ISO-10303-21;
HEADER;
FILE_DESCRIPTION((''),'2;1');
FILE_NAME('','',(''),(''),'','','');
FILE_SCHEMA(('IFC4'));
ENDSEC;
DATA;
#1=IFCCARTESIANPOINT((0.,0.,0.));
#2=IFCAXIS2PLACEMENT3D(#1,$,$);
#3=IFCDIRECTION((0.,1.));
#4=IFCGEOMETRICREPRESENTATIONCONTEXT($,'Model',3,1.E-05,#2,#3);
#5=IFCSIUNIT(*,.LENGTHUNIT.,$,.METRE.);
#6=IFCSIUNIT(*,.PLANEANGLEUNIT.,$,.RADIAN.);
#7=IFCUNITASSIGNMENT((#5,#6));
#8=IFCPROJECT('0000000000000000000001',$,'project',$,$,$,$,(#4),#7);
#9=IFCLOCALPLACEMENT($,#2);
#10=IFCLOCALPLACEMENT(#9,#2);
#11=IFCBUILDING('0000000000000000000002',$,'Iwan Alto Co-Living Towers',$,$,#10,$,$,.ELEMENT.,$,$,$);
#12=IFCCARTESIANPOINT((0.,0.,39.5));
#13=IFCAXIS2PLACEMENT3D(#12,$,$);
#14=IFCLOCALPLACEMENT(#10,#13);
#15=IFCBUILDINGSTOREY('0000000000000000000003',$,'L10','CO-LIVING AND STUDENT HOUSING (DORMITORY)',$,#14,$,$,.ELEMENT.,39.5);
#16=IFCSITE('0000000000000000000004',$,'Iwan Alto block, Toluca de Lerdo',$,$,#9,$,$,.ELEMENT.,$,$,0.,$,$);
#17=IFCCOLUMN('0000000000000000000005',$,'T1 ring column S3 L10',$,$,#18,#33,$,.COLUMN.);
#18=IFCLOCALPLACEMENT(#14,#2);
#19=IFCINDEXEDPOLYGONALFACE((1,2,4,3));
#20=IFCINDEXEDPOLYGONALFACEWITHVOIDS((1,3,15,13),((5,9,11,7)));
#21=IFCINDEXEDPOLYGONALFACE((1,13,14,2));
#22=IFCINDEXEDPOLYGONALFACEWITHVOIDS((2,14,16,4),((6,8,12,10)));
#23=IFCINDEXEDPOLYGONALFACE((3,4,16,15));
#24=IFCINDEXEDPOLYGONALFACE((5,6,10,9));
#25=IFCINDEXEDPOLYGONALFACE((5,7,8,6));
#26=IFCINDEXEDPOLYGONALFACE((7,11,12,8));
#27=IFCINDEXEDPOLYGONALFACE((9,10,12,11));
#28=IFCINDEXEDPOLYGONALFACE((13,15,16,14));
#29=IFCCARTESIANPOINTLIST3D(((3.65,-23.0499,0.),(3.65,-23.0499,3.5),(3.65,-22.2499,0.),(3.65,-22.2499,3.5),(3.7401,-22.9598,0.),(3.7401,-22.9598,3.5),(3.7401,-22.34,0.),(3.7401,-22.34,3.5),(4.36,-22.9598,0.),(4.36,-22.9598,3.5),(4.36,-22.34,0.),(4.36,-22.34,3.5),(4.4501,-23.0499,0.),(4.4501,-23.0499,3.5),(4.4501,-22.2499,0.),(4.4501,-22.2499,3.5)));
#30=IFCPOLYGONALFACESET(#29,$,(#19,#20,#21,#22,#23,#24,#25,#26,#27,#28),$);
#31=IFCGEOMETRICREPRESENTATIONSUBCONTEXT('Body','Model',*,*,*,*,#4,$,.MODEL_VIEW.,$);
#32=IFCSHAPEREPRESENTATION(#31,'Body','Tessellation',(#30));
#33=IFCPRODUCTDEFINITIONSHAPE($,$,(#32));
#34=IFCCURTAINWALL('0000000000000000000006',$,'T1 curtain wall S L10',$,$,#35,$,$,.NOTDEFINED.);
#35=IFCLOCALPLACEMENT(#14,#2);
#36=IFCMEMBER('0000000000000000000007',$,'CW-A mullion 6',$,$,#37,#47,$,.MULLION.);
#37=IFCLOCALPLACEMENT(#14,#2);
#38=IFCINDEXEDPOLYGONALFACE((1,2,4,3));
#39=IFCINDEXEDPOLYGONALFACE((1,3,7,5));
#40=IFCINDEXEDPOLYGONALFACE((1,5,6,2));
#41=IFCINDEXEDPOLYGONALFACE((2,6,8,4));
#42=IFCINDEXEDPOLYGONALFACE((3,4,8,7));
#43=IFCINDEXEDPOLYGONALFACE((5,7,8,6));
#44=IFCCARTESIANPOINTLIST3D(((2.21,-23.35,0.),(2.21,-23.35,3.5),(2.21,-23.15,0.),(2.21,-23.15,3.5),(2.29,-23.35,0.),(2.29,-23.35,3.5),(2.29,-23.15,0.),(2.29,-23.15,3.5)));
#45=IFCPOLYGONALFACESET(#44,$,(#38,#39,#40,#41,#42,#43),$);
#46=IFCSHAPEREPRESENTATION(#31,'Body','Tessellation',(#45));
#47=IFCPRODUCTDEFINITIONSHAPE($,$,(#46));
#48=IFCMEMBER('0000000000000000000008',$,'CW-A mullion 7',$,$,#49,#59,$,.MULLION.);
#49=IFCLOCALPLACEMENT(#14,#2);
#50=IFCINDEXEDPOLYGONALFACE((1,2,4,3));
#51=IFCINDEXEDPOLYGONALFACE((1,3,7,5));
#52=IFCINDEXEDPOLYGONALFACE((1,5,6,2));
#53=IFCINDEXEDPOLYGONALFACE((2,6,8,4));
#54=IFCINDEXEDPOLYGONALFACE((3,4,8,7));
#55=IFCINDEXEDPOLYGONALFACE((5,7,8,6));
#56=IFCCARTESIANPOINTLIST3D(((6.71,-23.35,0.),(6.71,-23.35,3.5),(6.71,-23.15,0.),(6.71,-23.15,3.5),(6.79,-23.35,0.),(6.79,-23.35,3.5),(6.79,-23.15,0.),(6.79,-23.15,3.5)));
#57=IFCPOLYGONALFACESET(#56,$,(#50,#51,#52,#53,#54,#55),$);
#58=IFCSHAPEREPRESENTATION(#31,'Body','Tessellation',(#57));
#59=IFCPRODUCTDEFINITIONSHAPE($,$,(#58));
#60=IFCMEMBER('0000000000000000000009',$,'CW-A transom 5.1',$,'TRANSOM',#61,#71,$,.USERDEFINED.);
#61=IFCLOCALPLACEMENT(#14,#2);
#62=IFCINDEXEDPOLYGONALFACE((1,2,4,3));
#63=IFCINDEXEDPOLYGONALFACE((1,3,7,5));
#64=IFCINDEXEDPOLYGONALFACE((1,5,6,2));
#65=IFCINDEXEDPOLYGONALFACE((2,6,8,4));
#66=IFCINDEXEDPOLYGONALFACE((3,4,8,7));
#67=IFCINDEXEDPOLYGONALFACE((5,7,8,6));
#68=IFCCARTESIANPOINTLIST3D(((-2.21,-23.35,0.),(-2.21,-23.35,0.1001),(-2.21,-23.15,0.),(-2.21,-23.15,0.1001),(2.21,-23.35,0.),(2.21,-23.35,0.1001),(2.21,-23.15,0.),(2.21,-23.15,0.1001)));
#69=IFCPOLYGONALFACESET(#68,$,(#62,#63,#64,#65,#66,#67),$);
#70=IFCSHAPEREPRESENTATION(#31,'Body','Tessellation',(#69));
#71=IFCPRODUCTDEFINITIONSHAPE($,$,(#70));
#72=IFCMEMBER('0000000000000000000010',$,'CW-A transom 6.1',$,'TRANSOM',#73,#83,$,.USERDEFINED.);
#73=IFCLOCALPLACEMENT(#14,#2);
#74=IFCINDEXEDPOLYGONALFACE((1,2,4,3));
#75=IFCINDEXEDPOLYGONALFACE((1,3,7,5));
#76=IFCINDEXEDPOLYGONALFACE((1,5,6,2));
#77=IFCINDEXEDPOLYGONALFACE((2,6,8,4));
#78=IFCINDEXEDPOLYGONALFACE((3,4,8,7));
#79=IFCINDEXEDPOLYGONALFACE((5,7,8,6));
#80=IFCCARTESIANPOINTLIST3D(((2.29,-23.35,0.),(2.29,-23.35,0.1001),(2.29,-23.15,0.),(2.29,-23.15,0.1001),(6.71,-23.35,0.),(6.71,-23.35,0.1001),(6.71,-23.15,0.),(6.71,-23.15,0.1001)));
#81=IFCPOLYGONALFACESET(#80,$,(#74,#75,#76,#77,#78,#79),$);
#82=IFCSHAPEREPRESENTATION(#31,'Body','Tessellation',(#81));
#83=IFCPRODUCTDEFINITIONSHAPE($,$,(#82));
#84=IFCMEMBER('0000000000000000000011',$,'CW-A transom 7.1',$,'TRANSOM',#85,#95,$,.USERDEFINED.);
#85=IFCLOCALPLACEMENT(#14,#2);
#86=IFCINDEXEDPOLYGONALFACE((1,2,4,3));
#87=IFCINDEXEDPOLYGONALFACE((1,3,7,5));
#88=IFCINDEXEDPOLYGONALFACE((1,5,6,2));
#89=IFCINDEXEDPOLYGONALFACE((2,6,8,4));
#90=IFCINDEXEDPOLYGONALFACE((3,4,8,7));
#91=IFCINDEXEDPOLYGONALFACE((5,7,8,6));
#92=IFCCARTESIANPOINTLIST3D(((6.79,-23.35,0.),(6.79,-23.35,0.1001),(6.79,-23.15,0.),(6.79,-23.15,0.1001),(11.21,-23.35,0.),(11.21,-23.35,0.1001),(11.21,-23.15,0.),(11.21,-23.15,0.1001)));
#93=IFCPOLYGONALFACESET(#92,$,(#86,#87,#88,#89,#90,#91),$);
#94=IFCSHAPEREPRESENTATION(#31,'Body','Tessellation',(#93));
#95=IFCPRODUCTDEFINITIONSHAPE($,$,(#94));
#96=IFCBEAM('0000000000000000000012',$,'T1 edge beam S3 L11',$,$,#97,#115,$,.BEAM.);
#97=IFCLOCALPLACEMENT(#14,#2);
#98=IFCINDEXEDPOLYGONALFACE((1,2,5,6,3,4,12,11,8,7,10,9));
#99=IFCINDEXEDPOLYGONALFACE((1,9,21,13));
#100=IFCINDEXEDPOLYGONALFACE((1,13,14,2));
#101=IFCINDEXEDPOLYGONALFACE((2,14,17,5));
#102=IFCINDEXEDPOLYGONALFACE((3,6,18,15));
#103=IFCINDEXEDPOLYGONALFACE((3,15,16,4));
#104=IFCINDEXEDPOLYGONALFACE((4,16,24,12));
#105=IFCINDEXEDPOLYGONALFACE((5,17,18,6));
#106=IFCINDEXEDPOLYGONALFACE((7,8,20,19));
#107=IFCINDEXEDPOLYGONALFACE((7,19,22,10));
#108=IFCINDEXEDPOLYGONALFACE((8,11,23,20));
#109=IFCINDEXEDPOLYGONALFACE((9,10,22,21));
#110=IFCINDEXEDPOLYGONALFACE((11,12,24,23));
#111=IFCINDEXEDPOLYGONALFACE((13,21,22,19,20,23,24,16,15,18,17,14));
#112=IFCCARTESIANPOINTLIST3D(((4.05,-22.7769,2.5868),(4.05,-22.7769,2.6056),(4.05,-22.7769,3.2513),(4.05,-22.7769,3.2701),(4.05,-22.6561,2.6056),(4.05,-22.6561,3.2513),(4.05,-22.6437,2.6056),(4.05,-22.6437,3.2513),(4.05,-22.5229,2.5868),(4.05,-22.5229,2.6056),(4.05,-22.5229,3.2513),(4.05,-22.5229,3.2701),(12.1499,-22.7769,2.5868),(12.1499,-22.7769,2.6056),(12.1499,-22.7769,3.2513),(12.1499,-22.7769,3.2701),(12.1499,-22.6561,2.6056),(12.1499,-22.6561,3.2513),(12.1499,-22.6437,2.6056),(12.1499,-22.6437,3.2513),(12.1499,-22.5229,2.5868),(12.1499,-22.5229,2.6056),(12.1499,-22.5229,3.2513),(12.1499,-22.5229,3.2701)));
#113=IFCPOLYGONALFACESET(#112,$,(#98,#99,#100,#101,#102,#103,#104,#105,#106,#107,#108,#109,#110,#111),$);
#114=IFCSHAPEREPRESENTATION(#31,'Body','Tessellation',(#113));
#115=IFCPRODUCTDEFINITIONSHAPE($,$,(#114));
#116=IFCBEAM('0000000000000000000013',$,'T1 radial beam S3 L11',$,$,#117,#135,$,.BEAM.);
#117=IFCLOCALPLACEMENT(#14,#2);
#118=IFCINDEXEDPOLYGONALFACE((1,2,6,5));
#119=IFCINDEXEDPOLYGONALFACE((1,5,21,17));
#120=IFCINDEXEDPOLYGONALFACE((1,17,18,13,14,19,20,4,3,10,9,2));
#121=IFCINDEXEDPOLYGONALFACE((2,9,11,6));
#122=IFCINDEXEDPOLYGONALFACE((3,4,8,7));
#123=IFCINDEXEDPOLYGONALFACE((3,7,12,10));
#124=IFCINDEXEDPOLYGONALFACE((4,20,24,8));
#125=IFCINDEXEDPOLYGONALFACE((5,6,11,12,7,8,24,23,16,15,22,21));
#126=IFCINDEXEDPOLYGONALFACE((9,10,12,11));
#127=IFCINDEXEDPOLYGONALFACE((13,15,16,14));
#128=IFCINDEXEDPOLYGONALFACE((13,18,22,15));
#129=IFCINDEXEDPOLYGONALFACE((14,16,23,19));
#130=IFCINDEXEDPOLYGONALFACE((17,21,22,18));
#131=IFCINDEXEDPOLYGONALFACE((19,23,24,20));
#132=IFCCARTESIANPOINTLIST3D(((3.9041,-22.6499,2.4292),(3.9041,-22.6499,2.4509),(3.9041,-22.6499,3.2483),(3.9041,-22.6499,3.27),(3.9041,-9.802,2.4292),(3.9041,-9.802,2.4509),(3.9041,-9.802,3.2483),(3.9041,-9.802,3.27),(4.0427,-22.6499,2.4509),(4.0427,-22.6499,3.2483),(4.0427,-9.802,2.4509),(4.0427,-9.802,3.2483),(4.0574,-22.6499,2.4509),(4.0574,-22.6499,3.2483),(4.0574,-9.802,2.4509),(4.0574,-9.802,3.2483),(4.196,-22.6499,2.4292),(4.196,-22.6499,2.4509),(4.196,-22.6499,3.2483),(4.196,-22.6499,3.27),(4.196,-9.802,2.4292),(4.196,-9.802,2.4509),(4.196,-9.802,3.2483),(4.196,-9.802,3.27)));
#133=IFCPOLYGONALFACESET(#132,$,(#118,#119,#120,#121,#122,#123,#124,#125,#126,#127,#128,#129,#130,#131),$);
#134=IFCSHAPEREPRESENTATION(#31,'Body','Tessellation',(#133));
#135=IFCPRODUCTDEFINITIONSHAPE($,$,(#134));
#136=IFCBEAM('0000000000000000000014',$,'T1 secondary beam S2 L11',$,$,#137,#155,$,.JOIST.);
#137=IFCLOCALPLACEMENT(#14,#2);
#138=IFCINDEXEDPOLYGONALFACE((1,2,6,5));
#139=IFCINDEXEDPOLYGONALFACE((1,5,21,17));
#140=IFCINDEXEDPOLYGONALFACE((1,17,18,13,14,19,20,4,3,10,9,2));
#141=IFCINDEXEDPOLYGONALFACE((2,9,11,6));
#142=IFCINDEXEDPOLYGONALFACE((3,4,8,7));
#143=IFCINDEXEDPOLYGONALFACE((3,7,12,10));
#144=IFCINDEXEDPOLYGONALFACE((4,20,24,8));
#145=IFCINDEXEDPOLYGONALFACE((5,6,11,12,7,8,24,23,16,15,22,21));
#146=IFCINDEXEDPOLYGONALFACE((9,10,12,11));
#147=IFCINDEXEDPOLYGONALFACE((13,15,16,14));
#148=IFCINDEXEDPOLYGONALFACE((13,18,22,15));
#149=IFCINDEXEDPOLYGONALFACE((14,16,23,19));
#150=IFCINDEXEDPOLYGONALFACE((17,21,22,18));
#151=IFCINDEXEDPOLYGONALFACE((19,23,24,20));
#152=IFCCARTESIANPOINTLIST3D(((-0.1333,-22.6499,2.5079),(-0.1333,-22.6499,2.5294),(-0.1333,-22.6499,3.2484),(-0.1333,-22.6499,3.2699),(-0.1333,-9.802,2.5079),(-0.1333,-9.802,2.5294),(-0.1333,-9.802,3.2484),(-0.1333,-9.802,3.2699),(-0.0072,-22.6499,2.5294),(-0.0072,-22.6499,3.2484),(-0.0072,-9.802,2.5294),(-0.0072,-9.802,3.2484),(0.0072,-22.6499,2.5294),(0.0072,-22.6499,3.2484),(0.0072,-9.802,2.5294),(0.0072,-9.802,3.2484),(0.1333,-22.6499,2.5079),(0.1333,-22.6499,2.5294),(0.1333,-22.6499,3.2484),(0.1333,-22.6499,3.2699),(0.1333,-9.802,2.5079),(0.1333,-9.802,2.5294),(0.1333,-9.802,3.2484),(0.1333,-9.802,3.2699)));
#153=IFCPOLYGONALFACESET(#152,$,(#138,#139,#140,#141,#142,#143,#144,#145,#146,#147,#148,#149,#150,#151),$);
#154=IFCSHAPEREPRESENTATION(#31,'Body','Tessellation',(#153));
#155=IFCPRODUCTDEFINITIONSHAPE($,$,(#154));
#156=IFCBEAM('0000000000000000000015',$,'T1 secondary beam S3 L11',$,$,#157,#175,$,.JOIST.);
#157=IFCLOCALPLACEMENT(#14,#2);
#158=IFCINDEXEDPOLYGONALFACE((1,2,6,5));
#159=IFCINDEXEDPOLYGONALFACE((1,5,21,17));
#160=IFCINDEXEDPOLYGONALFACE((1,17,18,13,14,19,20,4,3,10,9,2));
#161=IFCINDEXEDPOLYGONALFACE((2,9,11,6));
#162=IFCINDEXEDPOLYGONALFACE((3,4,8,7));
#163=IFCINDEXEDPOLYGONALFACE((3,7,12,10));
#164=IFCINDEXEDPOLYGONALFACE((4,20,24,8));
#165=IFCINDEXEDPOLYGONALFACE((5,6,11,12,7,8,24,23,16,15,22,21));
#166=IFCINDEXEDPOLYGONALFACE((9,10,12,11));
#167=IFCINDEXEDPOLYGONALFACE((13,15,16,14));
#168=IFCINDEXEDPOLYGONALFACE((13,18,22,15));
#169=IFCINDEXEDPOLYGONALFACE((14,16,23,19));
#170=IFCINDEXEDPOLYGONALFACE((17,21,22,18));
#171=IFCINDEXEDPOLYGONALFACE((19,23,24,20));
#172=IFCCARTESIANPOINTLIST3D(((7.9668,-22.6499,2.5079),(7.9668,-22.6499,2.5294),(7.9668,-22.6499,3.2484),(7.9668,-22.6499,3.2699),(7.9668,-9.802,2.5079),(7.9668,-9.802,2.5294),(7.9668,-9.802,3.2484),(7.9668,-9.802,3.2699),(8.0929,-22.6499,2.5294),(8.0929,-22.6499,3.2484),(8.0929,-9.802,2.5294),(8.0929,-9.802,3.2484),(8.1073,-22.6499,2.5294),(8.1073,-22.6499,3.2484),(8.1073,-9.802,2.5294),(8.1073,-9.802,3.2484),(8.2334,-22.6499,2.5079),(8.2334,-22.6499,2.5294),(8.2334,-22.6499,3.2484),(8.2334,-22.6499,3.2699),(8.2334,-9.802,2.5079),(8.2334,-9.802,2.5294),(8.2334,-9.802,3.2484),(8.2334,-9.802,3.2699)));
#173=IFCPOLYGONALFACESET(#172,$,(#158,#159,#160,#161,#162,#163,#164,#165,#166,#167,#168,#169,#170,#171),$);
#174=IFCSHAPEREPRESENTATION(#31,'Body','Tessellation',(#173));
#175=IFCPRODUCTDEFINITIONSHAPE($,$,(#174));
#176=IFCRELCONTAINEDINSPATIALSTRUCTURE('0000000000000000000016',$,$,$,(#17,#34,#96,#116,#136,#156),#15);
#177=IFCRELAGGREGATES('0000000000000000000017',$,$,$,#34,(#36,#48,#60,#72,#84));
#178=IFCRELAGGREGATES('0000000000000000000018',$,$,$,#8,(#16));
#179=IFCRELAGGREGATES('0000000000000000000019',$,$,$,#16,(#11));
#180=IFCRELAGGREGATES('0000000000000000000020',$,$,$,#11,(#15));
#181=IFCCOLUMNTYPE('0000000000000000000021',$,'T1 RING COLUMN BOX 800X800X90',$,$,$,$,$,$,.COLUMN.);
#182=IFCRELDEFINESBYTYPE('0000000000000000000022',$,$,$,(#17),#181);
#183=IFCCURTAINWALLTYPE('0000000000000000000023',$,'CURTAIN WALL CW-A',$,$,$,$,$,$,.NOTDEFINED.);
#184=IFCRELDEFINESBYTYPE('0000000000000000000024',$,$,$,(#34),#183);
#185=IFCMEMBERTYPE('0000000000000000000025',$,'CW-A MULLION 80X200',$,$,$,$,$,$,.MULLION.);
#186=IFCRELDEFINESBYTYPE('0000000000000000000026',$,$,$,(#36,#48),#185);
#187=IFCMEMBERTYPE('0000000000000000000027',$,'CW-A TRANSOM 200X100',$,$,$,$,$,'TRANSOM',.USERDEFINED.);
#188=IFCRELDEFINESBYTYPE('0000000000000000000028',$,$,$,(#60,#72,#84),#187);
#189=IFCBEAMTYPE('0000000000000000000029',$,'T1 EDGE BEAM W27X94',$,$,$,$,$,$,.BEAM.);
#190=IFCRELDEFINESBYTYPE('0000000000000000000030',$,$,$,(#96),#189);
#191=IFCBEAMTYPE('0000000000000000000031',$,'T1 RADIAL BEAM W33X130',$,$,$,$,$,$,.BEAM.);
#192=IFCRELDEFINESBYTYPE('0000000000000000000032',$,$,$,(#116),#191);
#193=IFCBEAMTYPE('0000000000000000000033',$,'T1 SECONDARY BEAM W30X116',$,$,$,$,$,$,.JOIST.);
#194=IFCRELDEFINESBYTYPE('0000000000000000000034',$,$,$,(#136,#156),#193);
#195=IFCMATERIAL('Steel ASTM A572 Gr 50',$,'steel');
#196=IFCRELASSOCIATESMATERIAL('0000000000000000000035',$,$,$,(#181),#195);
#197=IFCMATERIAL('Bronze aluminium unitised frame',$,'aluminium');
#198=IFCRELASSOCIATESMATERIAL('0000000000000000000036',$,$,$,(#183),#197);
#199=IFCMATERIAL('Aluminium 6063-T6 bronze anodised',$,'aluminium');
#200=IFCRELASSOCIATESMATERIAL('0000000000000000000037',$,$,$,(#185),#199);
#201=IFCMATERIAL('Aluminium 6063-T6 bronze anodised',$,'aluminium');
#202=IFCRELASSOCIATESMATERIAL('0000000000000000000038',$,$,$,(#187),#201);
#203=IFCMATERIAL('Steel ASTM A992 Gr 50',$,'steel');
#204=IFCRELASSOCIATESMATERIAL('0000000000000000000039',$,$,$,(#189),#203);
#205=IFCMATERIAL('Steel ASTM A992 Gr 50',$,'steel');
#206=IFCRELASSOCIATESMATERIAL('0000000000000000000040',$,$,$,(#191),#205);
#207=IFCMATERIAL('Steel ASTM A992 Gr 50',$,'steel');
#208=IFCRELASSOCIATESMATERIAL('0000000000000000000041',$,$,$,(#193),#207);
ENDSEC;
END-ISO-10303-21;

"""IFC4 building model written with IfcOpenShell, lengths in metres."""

from ifc_helpers import new_model, si_unit, direction, frame, origin, origin_2d, place, context, subcontext, project, spatial, rectangle, hollow_rectangle, i_section, extrude, material, material_profile, profile_set, type_object, element, aggregate, save


model = new_model("IFC4")

# Units and contexts
model_context = context("Model", 3, precision=1e-05, world=origin(), true_north=direction((0.0, 1.0)))
body_context = subcontext(model_context, "Body", "Model", "MODEL_VIEW")
ifc_project = project(units=[si_unit("LENGTHUNIT", "METRE"), si_unit("PLANEANGLEUNIT", "RADIAN")], contexts=[model_context])

# Site, building, storey
site_placement = place(None, origin())
site = spatial("IfcSite", under=ifc_project, at=site_placement, Name="Iwan Alto block, Toluca de Lerdo", CompositionType="ELEMENT", RefElevation=0.0)
building_placement = place(site_placement, origin())
building = spatial("IfcBuilding", under=site, at=building_placement, Name="Iwan Alto Co-Living Towers", CompositionType="ELEMENT")
storey_placement = place(building_placement, frame((0.0, 0.0, 39.5)))
storey = spatial("IfcBuildingStorey", under=building, at=storey_placement, Name="L10", Description="CO-LIVING AND STUDENT HOUSING (DORMITORY)", CompositionType="ELEMENT", Elevation=39.5)

# Column
ifc_material_1 = material(Name="Steel ASTM A572 Gr 50", Category="steel")
ifc_material_profile_1 = material_profile(ifc_material_1, hollow_rectangle(XDim=0.8, YDim=0.8, WallThickness=0.0901, at=origin_2d()), Name="BOX 800X800X90")
ifc_profile_set_1 = profile_set([ifc_material_profile_1], Name="Steel ASTM A572 Gr 50")
column_type = type_object("IfcColumnType", Name="T1 RING COLUMN BOX 800X800X90", PredefinedType="COLUMN", material=ifc_profile_set_1)
column_placement = place(storey_placement, frame((4.05, -22.6499, 0.0), z_axis=(0.0, 0.0, 1.0), x_axis=(1.0, 0.0, 0.0)))
element("IfcColumn", 1, at=column_placement, inside=storey, type_object=column_type, Name="T1 ring column S3 L10", PredefinedType="COLUMN", context=body_context, shape_type="SweptSolid", body=[
    extrude(hollow_rectangle(XDim=0.8, YDim=0.8, WallThickness=0.0901, at=origin_2d()), origin(), (0.0, 0.0, 1.0), 3.5),
])

# Curtain wall, members
ifc_material_2 = material(Name="Bronze aluminium unitised frame", Category="aluminium")
curtain_wall_type = type_object("IfcCurtainWallType", Name="CURTAIN WALL CW-A", PredefinedType="NOTDEFINED", material=ifc_material_2)
curtain_wall_placement = place(storey_placement, origin())
curtain_wall = element("IfcCurtainWall", 2, at=curtain_wall_placement, inside=storey, type_object=curtain_wall_type, Name="T1 curtain wall S L10", PredefinedType="NOTDEFINED")
ifc_material_3 = material(Name="Aluminium 6063-T6 bronze anodised", Category="aluminium")
ifc_material_profile_2 = material_profile(ifc_material_3, rectangle(XDim=0.2, YDim=0.0801, at=origin_2d()), Name="AL 80X200")
ifc_profile_set_2 = profile_set([ifc_material_profile_2], Name="Aluminium 6063-T6 bronze anodised")
member_type_1 = type_object("IfcMemberType", Name="CW-A MULLION 80X200", PredefinedType="MULLION", material=ifc_profile_set_2)
member_1_placement = place(storey_placement, frame((2.25, -23.25, 0.0), z_axis=(0.0, 0.0, 1.0), x_axis=(0.0, 1.0, 0.0)))
member_1 = element("IfcMember", 3, at=member_1_placement, type_object=member_type_1, Name="CW-A mullion 6", PredefinedType="MULLION", context=body_context, shape_type="SweptSolid", body=[
    extrude(rectangle(XDim=0.2, YDim=0.0801, at=origin_2d()), origin(), (0.0, 0.0, 1.0), 3.5),
])
member_2_placement = place(storey_placement, frame((6.75, -23.25, 0.0), z_axis=(0.0, 0.0, 1.0), x_axis=(0.0, 1.0, 0.0)))
member_2 = element("IfcMember", 4, at=member_2_placement, type_object=member_type_1, Name="CW-A mullion 7", PredefinedType="MULLION", context=body_context, shape_type="SweptSolid", body=[
    extrude(rectangle(XDim=0.2, YDim=0.0801, at=origin_2d()), origin(), (0.0, 0.0, 1.0), 3.5),
])
ifc_material_4 = material(Name="Aluminium 6063-T6 bronze anodised", Category="aluminium")
ifc_material_profile_3 = material_profile(ifc_material_4, rectangle(XDim=0.2, YDim=0.1001, at=origin_2d()), Name="AL 200X100")
ifc_profile_set_3 = profile_set([ifc_material_profile_3], Name="Aluminium 6063-T6 bronze anodised")
member_type_2 = type_object("IfcMemberType", Name="CW-A TRANSOM 200X100", ElementType="TRANSOM", PredefinedType="USERDEFINED", material=ifc_profile_set_3)
member_3_placement = place(storey_placement, frame((-2.21, -23.25, 0.05), z_axis=(1.0, 0.0, 0.0), x_axis=(0.0, 1.0, 0.0)))
member_3 = element("IfcMember", 5, at=member_3_placement, type_object=member_type_2, Name="CW-A transom 5.1", ObjectType="TRANSOM", PredefinedType="USERDEFINED", context=body_context, shape_type="SweptSolid", body=[
    extrude(rectangle(XDim=0.2, YDim=0.1001, at=origin_2d()), origin(), (0.0, 0.0, 1.0), 4.4199),
])
member_4_placement = place(storey_placement, frame((2.29, -23.25, 0.05), z_axis=(1.0, 0.0, 0.0), x_axis=(0.0, 1.0, 0.0)))
member_4 = element("IfcMember", 6, at=member_4_placement, type_object=member_type_2, Name="CW-A transom 6.1", ObjectType="TRANSOM", PredefinedType="USERDEFINED", context=body_context, shape_type="SweptSolid", body=[
    extrude(rectangle(XDim=0.2, YDim=0.1001, at=origin_2d()), origin(), (0.0, 0.0, 1.0), 4.4199),
])
member_5_placement = place(storey_placement, frame((6.79, -23.25, 0.05), z_axis=(1.0, 0.0, 0.0), x_axis=(0.0, 1.0, 0.0)))
member_5 = element("IfcMember", 7, at=member_5_placement, type_object=member_type_2, Name="CW-A transom 7.1", ObjectType="TRANSOM", PredefinedType="USERDEFINED", context=body_context, shape_type="SweptSolid", body=[
    extrude(rectangle(XDim=0.2, YDim=0.1001, at=origin_2d()), origin(), (0.0, 0.0, 1.0), 4.4199),
])

# Beams
ifc_material_5 = material(Name="Steel ASTM A992 Gr 50", Category="steel")
ifc_material_profile_4 = material_profile(ifc_material_5, i_section(OverallWidth=0.2539, OverallDepth=0.6833, WebThickness=0.0125, FlangeThickness=0.0188, at=origin_2d()), Name="W27X94")
ifc_profile_set_4 = profile_set([ifc_material_profile_4], Name="Steel ASTM A992 Gr 50")
beam_type_1 = type_object("IfcBeamType", Name="T1 EDGE BEAM W27X94", PredefinedType="BEAM", material=ifc_profile_set_4)
beam_1_placement = place(storey_placement, frame((4.05, -22.6499, 2.9285), z_axis=(1.0, 0.0, 0.0), x_axis=(0.0, 1.0, 0.0)))
element("IfcBeam", 8, at=beam_1_placement, inside=storey, type_object=beam_type_1, Name="T1 edge beam S3 L11", PredefinedType="BEAM", context=body_context, shape_type="SweptSolid", body=[
    extrude(i_section(OverallWidth=0.2539, OverallDepth=0.6833, WebThickness=0.0125, FlangeThickness=0.0188, at=origin_2d()), origin(), (0.0, 0.0, 1.0), 8.0999),
])
ifc_material_6 = material(Name="Steel ASTM A992 Gr 50", Category="steel")
ifc_material_profile_5 = material_profile(ifc_material_6, i_section(OverallWidth=0.292, OverallDepth=0.8408, WebThickness=0.0146, FlangeThickness=0.0217, at=origin_2d()), Name="W33X130")
ifc_profile_set_5 = profile_set([ifc_material_profile_5], Name="Steel ASTM A992 Gr 50")
beam_type_2 = type_object("IfcBeamType", Name="T1 RADIAL BEAM W33X130", PredefinedType="BEAM", material=ifc_profile_set_5)
beam_2_placement = place(storey_placement, frame((4.05, -22.6499, 2.8496), z_axis=(0.0, 1.0, 0.0), x_axis=(-1.0, 0.0, 0.0)))
element("IfcBeam", 9, at=beam_2_placement, inside=storey, type_object=beam_type_2, Name="T1 radial beam S3 L11", PredefinedType="BEAM", context=body_context, shape_type="SweptSolid", body=[
    extrude(i_section(OverallWidth=0.292, OverallDepth=0.8408, WebThickness=0.0146, FlangeThickness=0.0217, at=origin_2d()), origin(), (0.0, 0.0, 1.0), 12.8479),
])
ifc_material_7 = material(Name="Steel ASTM A992 Gr 50", Category="steel")
ifc_material_profile_6 = material_profile(ifc_material_7, i_section(OverallWidth=0.2666, OverallDepth=0.762, WebThickness=0.0144, FlangeThickness=0.0215, at=origin_2d()), Name="W30X116")
ifc_profile_set_6 = profile_set([ifc_material_profile_6], Name="Steel ASTM A992 Gr 50")
beam_type_3 = type_object("IfcBeamType", Name="T1 SECONDARY BEAM W30X116", PredefinedType="JOIST", material=ifc_profile_set_6)
for number, where, z_axis, x_axis, name in (
    (10, (0.0, -22.6499, 2.8889), (0.0, 1.0, 0.0), (-1.0, 0.0, 0.0), "T1 secondary beam S2 L11"),
    (11, (8.1001, -22.6499, 2.8889), (0.0, 1.0, 0.0), (-1.0, 0.0, 0.0), "T1 secondary beam S3 L11"),
):
    element("IfcBeam", number, at=place(storey_placement, frame(where, z_axis=z_axis, x_axis=x_axis)), inside=storey, type_object=beam_type_3, Name=name, PredefinedType="JOIST", context=body_context, shape_type="SweptSolid", body=[
        extrude(i_section(OverallWidth=0.2666, OverallDepth=0.762, WebThickness=0.0144, FlangeThickness=0.0215, at=origin_2d()), origin(), (0.0, 0.0, 1.0), 12.8479),
    ])

aggregate(curtain_wall, [member_1, member_2, member_3, member_4, member_5])

save(model, "model.ifc")
